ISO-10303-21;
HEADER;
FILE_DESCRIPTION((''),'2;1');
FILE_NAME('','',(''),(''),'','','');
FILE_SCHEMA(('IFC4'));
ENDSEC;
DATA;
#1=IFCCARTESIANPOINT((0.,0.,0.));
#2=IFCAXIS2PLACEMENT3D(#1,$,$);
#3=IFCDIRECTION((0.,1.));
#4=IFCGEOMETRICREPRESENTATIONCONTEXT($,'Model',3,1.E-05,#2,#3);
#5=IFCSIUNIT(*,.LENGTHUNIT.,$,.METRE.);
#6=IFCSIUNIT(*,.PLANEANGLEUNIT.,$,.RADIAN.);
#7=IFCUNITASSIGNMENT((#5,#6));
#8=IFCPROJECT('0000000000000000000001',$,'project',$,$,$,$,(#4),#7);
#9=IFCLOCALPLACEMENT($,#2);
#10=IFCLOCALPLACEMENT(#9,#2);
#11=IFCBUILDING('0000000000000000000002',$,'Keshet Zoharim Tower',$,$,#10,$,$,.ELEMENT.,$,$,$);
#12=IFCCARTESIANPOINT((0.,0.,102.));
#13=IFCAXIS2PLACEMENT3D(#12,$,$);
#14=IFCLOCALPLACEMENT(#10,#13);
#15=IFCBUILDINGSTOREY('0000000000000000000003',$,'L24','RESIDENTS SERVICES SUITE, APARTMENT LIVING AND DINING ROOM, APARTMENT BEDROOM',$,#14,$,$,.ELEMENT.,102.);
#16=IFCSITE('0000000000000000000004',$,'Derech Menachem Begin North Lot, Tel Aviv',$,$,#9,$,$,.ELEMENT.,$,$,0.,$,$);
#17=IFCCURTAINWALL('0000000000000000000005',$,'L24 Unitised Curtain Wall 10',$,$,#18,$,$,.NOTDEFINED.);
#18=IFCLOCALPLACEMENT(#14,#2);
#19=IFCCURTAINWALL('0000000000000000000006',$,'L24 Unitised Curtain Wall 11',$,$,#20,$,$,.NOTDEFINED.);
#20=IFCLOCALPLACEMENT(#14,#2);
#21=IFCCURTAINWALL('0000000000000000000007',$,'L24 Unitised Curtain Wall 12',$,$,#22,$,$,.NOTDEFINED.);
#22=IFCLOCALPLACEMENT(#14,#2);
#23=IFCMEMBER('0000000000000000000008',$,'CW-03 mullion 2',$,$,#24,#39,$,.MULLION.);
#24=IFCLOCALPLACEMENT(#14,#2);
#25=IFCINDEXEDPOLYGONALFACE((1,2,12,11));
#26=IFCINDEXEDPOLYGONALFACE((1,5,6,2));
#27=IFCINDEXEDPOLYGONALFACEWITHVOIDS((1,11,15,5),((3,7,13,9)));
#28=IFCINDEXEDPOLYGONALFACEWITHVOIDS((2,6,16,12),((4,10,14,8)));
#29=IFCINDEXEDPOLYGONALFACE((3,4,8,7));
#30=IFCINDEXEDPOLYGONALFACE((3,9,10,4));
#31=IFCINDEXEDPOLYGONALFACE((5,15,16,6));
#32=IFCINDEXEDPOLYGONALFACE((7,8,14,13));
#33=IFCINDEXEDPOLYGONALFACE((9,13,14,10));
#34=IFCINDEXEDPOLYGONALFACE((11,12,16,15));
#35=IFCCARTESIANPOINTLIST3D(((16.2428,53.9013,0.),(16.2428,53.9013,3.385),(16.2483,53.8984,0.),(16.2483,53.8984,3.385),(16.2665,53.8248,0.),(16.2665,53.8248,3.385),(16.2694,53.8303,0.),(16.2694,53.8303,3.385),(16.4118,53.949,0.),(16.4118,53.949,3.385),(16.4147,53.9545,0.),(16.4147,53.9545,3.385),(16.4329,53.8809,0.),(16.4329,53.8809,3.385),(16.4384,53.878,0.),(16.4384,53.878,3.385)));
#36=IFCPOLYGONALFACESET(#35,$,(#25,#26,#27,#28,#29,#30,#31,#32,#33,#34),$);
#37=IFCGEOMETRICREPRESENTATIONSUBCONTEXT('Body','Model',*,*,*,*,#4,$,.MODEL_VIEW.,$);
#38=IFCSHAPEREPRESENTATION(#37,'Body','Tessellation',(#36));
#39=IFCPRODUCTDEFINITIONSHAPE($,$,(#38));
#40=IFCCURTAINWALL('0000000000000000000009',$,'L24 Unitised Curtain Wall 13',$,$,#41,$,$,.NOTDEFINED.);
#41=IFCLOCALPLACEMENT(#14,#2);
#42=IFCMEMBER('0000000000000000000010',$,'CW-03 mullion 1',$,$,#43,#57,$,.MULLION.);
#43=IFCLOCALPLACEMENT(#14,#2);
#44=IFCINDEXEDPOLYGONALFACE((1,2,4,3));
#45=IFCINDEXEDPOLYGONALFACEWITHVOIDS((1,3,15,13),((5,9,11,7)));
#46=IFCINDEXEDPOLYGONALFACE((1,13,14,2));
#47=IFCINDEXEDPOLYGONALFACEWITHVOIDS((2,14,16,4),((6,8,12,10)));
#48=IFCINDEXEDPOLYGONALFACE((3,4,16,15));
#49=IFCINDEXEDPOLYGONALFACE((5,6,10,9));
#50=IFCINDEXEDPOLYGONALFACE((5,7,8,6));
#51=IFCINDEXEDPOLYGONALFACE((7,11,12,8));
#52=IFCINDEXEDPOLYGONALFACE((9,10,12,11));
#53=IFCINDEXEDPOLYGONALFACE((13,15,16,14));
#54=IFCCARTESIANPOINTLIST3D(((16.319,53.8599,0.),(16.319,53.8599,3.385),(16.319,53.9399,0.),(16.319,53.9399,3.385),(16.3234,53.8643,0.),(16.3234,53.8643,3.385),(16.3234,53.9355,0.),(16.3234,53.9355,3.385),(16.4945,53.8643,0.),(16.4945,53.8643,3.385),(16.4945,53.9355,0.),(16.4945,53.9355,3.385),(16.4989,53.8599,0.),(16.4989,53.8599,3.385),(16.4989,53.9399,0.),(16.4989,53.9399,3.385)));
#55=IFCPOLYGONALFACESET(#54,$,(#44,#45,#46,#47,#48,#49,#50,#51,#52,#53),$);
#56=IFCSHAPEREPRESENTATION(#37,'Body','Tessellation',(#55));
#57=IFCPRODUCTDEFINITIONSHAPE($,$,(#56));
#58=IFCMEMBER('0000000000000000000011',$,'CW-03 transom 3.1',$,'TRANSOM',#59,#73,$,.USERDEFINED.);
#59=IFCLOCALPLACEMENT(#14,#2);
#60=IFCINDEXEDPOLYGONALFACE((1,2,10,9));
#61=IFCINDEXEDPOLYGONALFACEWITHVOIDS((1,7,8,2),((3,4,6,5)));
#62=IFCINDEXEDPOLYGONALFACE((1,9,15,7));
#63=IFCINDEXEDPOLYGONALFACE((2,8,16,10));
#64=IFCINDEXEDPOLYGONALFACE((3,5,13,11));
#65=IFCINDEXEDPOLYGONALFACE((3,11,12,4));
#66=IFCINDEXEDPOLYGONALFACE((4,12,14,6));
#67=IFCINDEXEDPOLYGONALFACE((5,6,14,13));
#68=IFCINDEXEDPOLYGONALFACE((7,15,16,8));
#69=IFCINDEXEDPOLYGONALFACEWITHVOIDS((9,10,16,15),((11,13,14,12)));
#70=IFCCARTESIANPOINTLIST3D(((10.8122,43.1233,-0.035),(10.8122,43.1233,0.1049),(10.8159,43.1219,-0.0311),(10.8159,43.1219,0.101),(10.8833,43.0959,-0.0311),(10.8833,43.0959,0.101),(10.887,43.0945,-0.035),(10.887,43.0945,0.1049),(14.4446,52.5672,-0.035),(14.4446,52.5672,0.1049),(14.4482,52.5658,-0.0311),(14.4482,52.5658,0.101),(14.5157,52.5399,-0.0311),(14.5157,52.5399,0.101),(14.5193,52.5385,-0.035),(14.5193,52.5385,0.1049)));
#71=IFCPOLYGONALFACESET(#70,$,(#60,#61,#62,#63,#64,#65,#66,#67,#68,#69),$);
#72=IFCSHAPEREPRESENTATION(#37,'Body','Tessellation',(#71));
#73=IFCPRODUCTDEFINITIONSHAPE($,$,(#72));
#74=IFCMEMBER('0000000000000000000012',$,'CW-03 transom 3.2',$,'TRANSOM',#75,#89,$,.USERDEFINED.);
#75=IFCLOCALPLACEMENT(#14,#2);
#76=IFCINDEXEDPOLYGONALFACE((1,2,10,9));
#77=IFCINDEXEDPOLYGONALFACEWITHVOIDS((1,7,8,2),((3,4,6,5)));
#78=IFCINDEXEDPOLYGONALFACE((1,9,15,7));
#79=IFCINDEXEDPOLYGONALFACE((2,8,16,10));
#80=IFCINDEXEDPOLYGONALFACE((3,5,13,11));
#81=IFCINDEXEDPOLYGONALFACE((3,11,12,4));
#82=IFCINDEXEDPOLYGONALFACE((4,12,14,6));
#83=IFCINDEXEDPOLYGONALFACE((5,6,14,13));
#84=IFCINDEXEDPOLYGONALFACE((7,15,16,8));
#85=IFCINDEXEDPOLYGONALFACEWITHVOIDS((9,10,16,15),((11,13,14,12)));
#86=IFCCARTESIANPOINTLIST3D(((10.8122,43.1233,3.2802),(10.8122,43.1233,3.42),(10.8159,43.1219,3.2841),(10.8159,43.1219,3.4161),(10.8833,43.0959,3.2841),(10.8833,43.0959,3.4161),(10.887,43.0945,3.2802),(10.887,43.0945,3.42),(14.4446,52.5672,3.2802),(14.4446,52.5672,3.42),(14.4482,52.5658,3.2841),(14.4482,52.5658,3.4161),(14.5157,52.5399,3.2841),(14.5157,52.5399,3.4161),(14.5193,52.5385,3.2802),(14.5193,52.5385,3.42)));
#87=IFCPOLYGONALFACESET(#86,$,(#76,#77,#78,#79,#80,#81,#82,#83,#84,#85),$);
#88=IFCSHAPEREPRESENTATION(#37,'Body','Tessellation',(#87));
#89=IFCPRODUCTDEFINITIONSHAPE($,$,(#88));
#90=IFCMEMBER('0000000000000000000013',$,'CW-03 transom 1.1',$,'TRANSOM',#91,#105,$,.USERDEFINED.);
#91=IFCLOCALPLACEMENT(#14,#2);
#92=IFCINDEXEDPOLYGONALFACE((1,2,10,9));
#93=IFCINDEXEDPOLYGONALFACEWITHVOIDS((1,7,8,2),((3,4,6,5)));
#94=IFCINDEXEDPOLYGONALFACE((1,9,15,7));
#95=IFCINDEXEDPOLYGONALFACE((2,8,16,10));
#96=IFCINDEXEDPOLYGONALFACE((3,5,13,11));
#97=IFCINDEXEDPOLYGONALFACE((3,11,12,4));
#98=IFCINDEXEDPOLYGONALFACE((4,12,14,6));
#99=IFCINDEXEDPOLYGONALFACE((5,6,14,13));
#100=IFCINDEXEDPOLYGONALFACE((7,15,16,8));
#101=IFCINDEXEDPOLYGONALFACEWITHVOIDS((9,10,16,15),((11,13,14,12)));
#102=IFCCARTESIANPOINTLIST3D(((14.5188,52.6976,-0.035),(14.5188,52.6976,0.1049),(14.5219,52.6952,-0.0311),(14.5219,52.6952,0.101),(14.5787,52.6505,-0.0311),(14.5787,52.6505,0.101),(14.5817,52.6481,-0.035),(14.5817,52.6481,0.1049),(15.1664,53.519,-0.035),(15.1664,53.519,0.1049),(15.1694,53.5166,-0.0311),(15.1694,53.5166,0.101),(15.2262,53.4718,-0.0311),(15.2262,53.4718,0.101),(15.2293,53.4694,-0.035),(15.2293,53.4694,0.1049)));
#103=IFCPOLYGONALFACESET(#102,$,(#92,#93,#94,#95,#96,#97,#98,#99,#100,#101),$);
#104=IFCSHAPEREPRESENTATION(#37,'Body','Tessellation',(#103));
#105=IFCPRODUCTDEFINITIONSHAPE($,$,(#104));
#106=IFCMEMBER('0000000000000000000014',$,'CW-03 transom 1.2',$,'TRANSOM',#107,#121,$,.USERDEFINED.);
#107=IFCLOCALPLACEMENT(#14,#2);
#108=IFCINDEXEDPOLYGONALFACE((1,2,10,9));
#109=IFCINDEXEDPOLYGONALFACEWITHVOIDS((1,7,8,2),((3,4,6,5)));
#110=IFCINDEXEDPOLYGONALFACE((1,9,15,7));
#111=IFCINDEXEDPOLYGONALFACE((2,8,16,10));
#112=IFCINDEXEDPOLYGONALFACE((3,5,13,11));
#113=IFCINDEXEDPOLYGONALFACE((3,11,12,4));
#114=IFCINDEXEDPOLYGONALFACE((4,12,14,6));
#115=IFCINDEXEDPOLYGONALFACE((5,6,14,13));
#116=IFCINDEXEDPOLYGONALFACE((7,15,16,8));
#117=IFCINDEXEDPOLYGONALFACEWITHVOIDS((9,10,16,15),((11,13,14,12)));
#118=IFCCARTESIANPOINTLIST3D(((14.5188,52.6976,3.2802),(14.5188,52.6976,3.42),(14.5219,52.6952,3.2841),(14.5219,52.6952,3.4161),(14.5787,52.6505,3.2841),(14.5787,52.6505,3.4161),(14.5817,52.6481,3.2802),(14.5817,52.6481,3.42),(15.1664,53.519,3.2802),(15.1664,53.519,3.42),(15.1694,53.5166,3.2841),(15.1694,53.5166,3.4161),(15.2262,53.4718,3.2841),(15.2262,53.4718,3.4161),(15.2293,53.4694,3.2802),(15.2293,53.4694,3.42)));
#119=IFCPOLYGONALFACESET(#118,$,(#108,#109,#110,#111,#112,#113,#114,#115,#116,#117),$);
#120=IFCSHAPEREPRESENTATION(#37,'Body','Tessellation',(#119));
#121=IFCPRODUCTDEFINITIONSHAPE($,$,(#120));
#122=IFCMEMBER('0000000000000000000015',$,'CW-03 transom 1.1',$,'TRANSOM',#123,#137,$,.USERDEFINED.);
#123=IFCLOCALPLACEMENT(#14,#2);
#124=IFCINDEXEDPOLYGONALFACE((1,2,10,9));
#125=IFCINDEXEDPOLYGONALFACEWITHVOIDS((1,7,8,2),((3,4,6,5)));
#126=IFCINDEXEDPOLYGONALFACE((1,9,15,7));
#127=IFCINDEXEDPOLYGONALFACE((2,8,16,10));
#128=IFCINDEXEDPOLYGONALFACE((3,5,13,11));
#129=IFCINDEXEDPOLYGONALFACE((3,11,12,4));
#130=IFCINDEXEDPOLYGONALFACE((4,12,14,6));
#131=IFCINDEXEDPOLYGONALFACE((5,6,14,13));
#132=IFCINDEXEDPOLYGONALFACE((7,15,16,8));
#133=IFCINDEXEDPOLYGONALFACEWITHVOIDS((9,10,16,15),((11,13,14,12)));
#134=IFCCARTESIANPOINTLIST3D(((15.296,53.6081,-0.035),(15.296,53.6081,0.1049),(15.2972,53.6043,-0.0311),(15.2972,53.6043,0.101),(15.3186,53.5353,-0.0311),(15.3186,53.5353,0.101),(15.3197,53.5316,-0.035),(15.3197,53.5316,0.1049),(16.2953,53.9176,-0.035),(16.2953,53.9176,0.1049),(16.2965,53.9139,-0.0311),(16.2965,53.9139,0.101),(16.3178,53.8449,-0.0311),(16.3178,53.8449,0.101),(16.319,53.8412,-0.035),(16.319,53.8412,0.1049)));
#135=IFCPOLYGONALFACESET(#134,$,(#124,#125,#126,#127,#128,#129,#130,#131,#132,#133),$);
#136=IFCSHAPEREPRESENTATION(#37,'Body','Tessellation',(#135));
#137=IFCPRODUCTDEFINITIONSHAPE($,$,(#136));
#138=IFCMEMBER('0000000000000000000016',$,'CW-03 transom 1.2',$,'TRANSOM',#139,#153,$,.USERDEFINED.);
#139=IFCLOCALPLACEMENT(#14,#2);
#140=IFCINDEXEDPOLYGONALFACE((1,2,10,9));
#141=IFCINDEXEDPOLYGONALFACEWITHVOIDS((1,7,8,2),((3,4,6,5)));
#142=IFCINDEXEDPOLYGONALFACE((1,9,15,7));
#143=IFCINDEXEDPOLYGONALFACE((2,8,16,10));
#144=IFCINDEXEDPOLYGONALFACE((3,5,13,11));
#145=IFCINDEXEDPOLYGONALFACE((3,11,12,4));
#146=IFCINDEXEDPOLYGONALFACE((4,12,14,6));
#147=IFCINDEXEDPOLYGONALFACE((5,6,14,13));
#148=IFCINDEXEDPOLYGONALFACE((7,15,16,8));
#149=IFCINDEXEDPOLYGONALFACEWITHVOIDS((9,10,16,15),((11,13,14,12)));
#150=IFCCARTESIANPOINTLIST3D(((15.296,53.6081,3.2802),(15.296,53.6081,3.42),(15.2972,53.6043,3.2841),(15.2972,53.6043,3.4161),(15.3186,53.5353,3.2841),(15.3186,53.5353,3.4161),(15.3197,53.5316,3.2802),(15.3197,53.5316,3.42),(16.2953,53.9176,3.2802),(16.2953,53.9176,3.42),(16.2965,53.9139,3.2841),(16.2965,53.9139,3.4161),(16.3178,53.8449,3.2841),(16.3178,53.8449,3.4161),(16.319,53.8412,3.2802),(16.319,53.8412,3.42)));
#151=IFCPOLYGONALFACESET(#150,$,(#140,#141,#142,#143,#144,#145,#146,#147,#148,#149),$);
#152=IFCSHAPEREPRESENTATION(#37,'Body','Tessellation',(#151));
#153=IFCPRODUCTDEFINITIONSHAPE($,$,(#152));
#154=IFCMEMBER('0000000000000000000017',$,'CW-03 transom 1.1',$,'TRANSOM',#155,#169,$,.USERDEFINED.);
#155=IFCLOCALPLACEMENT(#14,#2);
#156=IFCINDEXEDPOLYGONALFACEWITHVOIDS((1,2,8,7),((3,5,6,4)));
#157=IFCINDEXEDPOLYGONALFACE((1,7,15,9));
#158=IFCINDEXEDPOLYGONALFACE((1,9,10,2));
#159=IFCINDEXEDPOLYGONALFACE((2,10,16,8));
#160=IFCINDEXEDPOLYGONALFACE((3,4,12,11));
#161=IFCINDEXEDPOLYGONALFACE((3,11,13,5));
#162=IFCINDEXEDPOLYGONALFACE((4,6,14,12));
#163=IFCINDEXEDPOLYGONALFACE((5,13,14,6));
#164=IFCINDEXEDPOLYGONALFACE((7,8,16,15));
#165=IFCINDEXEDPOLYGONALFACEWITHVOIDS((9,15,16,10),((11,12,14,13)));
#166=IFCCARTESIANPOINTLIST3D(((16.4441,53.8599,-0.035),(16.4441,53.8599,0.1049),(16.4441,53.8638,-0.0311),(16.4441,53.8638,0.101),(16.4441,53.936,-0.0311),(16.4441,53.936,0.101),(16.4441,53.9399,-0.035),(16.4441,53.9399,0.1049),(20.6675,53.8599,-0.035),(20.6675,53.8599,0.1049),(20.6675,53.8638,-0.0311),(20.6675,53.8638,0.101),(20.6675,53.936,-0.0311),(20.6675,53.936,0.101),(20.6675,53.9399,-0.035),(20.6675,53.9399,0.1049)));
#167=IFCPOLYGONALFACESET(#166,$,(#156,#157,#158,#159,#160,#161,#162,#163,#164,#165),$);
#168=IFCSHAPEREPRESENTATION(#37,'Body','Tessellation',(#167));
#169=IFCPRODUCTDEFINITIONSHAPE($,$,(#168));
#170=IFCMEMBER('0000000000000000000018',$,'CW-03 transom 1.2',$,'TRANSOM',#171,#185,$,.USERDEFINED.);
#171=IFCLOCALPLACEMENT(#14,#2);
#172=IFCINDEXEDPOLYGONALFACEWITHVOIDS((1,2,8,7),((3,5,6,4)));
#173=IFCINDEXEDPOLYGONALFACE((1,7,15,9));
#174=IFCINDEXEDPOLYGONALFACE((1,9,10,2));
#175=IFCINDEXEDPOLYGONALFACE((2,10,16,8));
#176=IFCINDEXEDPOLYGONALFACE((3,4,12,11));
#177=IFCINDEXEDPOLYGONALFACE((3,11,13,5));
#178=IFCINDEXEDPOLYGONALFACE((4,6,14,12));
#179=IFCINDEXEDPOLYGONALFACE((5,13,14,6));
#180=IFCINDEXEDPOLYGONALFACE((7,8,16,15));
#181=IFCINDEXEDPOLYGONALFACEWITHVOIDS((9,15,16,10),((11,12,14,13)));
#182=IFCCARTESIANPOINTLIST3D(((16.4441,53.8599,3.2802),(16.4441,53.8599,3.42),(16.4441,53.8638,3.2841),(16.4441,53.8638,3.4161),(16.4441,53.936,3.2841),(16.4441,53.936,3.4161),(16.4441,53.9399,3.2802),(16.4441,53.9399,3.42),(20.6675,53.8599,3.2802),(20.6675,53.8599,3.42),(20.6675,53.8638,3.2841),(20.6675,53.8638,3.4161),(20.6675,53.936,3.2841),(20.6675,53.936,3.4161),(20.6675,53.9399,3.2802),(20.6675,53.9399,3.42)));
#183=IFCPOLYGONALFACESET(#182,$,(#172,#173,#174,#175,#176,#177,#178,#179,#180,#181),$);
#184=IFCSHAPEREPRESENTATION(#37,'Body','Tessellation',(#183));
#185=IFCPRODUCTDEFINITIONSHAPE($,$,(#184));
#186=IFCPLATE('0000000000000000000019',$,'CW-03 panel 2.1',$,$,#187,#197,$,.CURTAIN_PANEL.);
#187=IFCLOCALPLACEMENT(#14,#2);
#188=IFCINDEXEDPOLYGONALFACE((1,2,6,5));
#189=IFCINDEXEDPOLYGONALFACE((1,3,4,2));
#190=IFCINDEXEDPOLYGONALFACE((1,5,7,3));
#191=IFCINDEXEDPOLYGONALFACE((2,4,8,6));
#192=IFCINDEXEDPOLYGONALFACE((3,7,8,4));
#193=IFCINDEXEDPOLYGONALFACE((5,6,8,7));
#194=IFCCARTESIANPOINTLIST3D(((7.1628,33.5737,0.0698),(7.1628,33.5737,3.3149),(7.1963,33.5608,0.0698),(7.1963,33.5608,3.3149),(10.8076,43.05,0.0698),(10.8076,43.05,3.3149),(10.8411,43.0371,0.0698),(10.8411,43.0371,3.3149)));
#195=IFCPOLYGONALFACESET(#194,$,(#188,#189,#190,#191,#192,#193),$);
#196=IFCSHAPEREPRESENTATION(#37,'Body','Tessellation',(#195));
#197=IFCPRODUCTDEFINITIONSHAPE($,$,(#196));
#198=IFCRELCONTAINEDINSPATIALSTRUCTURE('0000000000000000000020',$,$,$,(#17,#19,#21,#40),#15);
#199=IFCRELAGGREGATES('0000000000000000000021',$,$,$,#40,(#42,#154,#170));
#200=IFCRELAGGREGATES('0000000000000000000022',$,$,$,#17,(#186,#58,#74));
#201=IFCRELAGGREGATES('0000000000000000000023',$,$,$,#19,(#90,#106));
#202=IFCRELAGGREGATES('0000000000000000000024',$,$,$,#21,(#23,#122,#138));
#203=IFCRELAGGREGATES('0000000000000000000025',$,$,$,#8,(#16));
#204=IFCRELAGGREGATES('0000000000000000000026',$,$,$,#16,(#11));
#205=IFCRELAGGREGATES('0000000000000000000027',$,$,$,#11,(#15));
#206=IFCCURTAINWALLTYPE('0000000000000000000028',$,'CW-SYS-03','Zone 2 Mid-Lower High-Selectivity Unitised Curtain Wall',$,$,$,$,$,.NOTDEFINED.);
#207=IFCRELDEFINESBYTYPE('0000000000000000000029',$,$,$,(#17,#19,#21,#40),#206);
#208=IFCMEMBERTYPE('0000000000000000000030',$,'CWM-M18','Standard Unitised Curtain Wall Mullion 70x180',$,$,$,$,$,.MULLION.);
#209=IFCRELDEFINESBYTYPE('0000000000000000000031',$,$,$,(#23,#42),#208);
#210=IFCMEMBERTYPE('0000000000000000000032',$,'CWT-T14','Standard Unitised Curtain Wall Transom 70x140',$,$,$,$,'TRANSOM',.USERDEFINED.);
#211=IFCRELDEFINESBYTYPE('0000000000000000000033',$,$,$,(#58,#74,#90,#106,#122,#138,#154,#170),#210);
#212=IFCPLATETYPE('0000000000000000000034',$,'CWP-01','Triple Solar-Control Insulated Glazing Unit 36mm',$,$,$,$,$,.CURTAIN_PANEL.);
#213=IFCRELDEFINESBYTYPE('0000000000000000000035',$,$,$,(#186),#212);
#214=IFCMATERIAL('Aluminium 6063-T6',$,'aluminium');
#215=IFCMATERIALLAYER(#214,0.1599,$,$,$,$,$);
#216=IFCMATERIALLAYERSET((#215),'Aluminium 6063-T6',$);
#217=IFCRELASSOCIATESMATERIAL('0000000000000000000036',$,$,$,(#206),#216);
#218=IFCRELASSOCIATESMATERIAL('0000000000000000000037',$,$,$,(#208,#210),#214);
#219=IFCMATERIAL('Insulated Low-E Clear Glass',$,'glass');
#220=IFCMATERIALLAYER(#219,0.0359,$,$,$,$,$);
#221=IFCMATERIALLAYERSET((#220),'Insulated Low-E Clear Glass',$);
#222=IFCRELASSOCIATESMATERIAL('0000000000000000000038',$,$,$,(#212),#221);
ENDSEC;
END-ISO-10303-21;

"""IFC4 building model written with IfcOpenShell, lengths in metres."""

from ifc_helpers import new_model, si_unit, direction, frame, origin, origin_2d, place, context, subcontext, project, spatial, rectangle, hollow_rectangle, extrude, material, layer, layer_set, material_profile, profile_set, type_object, element, aggregate, save


model = new_model("IFC4")

# Units and contexts
model_context = context("Model", 3, precision=1e-05, world=origin(), true_north=direction((0.0, 1.0)))
body_context = subcontext(model_context, "Body", "Model", "MODEL_VIEW")
ifc_project = project(units=[si_unit("LENGTHUNIT", "METRE"), si_unit("PLANEANGLEUNIT", "RADIAN")], contexts=[model_context])

# Site, building, storey
site_placement = place(None, origin())
site = spatial("IfcSite", under=ifc_project, at=site_placement, Name="Derech Menachem Begin North Lot, Tel Aviv", CompositionType="ELEMENT", RefElevation=0.0)
building_placement = place(site_placement, origin())
building = spatial("IfcBuilding", under=site, at=building_placement, Name="Keshet Zoharim Tower", CompositionType="ELEMENT")
storey_placement = place(building_placement, frame((0.0, 0.0, 102.0)))
storey = spatial("IfcBuildingStorey", under=building, at=storey_placement, Name="L24", Description="RESIDENTS SERVICES SUITE, APARTMENT LIVING AND DINING ROOM, APARTMENT BEDROOM", CompositionType="ELEMENT", Elevation=102.0)

# Curtain walls, member
ifc_material_1 = material(Name="Aluminium 6063-T6", Category="aluminium")
ifc_layer_1 = layer(ifc_material_1, 0.1599)
ifc_layer_set_1 = layer_set([ifc_layer_1], Name="Aluminium 6063-T6")
curtain_wall_type = type_object("IfcCurtainWallType", Name="CW-SYS-03", Description="Zone 2 Mid-Lower High-Selectivity Unitised Curtain Wall", PredefinedType="NOTDEFINED", material=ifc_layer_set_1)
curtain_wall_1_placement = place(storey_placement, origin())
curtain_wall_1 = element("IfcCurtainWall", 1, at=curtain_wall_1_placement, inside=storey, type_object=curtain_wall_type, Name="L24 Unitised Curtain Wall 10", PredefinedType="NOTDEFINED")
ifc_material_profile_1 = material_profile(ifc_material_1, hollow_rectangle(XDim=0.0801, YDim=0.1799, WallThickness=0.0044, at=origin_2d()), Name="MUL-80x180")
ifc_profile_set_1 = profile_set([ifc_material_profile_1], Name="Aluminium 6063-T6")
member_type_1 = type_object("IfcMemberType", Name="CWM-M18", Description="Standard Unitised Curtain Wall Mullion 70x180", PredefinedType="MULLION", material=ifc_profile_set_1)
curtain_wall_2_placement = place(storey_placement, origin())
curtain_wall_2 = element("IfcCurtainWall", 2, at=curtain_wall_2_placement, inside=storey, type_object=curtain_wall_type, Name="L24 Unitised Curtain Wall 11", PredefinedType="NOTDEFINED")
curtain_wall_3_placement = place(storey_placement, origin())
curtain_wall_3 = element("IfcCurtainWall", 3, at=curtain_wall_3_placement, inside=storey, type_object=curtain_wall_type, Name="L24 Unitised Curtain Wall 12", PredefinedType="NOTDEFINED")
member_1_placement = place(storey_placement, frame((16.3406, 53.8896, 0.0), z_axis=(0.0, 0.0, 1.0), x_axis=(-0.295922, 0.955212, 0.0)))
member_1 = element("IfcMember", 4, at=member_1_placement, type_object=member_type_1, Name="CW-03 mullion 2", PredefinedType="MULLION", context=body_context, shape_type="SweptSolid", body=[
    extrude(hollow_rectangle(XDim=0.0801, YDim=0.1799, WallThickness=0.0044, at=origin_2d()), origin(), (0.0, 0.0, 1.0), 3.385),
])

# Curtain wall, member
curtain_wall_4_placement = place(storey_placement, origin())
curtain_wall_4 = element("IfcCurtainWall", 5, at=curtain_wall_4_placement, inside=storey, type_object=curtain_wall_type, Name="L24 Unitised Curtain Wall 13", PredefinedType="NOTDEFINED")
member_2_placement = place(storey_placement, frame((16.4089, 53.8999, 0.0), z_axis=(0.0, 0.0, 1.0), x_axis=(0.0, 1.0, 0.0)))
member_2 = element("IfcMember", 6, at=member_2_placement, type_object=member_type_1, Name="CW-03 mullion 1", PredefinedType="MULLION", context=body_context, shape_type="SweptSolid", body=[
    extrude(hollow_rectangle(XDim=0.0801, YDim=0.1799, WallThickness=0.0044, at=origin_2d()), origin(), (0.0, 0.0, 1.0), 3.385),
])

# Members
ifc_material_profile_2 = material_profile(ifc_material_1, hollow_rectangle(XDim=0.0801, YDim=0.1399, WallThickness=0.0039, at=origin_2d()), Name="TRN-80x140")
ifc_profile_set_2 = profile_set([ifc_material_profile_2], Name="Aluminium 6063-T6")
member_type_2 = type_object("IfcMemberType", Name="CWT-T14", Description="Standard Unitised Curtain Wall Transom 70x140", ElementType="TRANSOM", PredefinedType="USERDEFINED", material=ifc_profile_set_2)
member_3_placement = place(storey_placement, frame((10.8496, 43.1089, 0.0349), z_axis=(0.358986, 0.933343, 0.0), x_axis=(-0.933343, 0.358986, 0.0)))
member_3 = element("IfcMember", 7, at=member_3_placement, type_object=member_type_2, Name="CW-03 transom 3.1", ObjectType="TRANSOM", PredefinedType="USERDEFINED", context=body_context, shape_type="SweptSolid", body=[
    extrude(hollow_rectangle(XDim=0.0801, YDim=0.1399, WallThickness=0.0039, at=origin_2d()), origin(), (0.0, 0.0, 1.0), 10.1184),
])
member_4_placement = place(storey_placement, frame((10.8496, 43.1089, 3.3501), z_axis=(0.358986, 0.933343, 0.0), x_axis=(-0.933343, 0.358986, 0.0)))
member_4 = element("IfcMember", 8, at=member_4_placement, type_object=member_type_2, Name="CW-03 transom 3.2", ObjectType="TRANSOM", PredefinedType="USERDEFINED", context=body_context, shape_type="SweptSolid", body=[
    extrude(hollow_rectangle(XDim=0.0801, YDim=0.1399, WallThickness=0.0039, at=origin_2d()), origin(), (0.0, 0.0, 1.0), 10.1184),
])
member_5_placement = place(storey_placement, frame((14.5503, 52.6729, 0.0349), z_axis=(0.619099, 0.785313, 0.0), x_axis=(-0.785313, 0.619099, 0.0)))
member_5 = element("IfcMember", 9, at=member_5_placement, type_object=member_type_2, Name="CW-03 transom 1.1", ObjectType="TRANSOM", PredefinedType="USERDEFINED", context=body_context, shape_type="SweptSolid", body=[
    extrude(hollow_rectangle(XDim=0.0801, YDim=0.1399, WallThickness=0.0039, at=origin_2d()), origin(), (0.0, 0.0, 1.0), 1.0459),
])
member_6_placement = place(storey_placement, frame((14.5503, 52.6729, 3.3501), z_axis=(0.619099, 0.785313, 0.0), x_axis=(-0.785313, 0.619099, 0.0)))
member_6 = element("IfcMember", 10, at=member_6_placement, type_object=member_type_2, Name="CW-03 transom 1.2", ObjectType="TRANSOM", PredefinedType="USERDEFINED", context=body_context, shape_type="SweptSolid", body=[
    extrude(hollow_rectangle(XDim=0.0801, YDim=0.1399, WallThickness=0.0039, at=origin_2d()), origin(), (0.0, 0.0, 1.0), 1.0459),
])
member_7_placement = place(storey_placement, frame((15.3079, 53.5698, 0.0349), z_axis=(0.955212, 0.295922, 0.0), x_axis=(-0.295922, 0.955212, 0.0)))
member_7 = element("IfcMember", 11, at=member_7_placement, type_object=member_type_2, Name="CW-03 transom 1.1", ObjectType="TRANSOM", PredefinedType="USERDEFINED", context=body_context, shape_type="SweptSolid", body=[
    extrude(hollow_rectangle(XDim=0.0801, YDim=0.1399, WallThickness=0.0039, at=origin_2d()), origin(), (0.0, 0.0, 1.0), 1.0461),
])
member_8_placement = place(storey_placement, frame((15.3079, 53.5698, 3.3501), z_axis=(0.955212, 0.295922, 0.0), x_axis=(-0.295922, 0.955212, 0.0)))
member_8 = element("IfcMember", 12, at=member_8_placement, type_object=member_type_2, Name="CW-03 transom 1.2", ObjectType="TRANSOM", PredefinedType="USERDEFINED", context=body_context, shape_type="SweptSolid", body=[
    extrude(hollow_rectangle(XDim=0.0801, YDim=0.1399, WallThickness=0.0039, at=origin_2d()), origin(), (0.0, 0.0, 1.0), 1.0461),
])
member_9_placement = place(storey_placement, frame((16.4441, 53.8999, 0.0349), z_axis=(1.0, 0.0, 0.0), x_axis=(0.0, 1.0, 0.0)))
member_9 = element("IfcMember", 13, at=member_9_placement, type_object=member_type_2, Name="CW-03 transom 1.1", ObjectType="TRANSOM", PredefinedType="USERDEFINED", context=body_context, shape_type="SweptSolid", body=[
    extrude(hollow_rectangle(XDim=0.0801, YDim=0.1399, WallThickness=0.0039, at=origin_2d()), origin(), (0.0, 0.0, 1.0), 4.2234),
])
member_10_placement = place(storey_placement, frame((16.4441, 53.8999, 3.3501), z_axis=(1.0, 0.0, 0.0), x_axis=(0.0, 1.0, 0.0)))
member_10 = element("IfcMember", 14, at=member_10_placement, type_object=member_type_2, Name="CW-03 transom 1.2", ObjectType="TRANSOM", PredefinedType="USERDEFINED", context=body_context, shape_type="SweptSolid", body=[
    extrude(hollow_rectangle(XDim=0.0801, YDim=0.1399, WallThickness=0.0039, at=origin_2d()), origin(), (0.0, 0.0, 1.0), 4.2234),
])
aggregate(curtain_wall_4, [member_2, member_9, member_10])

# Plate
ifc_material_2 = material(Name="Insulated Low-E Clear Glass", Category="glass")
ifc_layer_2 = layer(ifc_material_2, 0.0359)
ifc_layer_set_2 = layer_set([ifc_layer_2], Name="Insulated Low-E Clear Glass")
plate_type = type_object("IfcPlateType", Name="CWP-01", Description="Triple Solar-Control Insulated Glazing Unit 36mm", PredefinedType="CURTAIN_PANEL", material=ifc_layer_set_2)
plate_1_placement = place(storey_placement, frame((9.002, 38.3054, 0.0698), z_axis=(0.0, 0.0, 1.0), x_axis=(0.35899, 0.933341, 0.0)))
plate_1 = element("IfcPlate", 15, at=plate_1_placement, type_object=plate_type, Name="CW-03 panel 2.1", PredefinedType="CURTAIN_PANEL", context=body_context, shape_type="SweptSolid", body=[
    extrude(rectangle(XDim=10.1531, YDim=0.0359, at=origin_2d()), origin(), (0.0, 0.0, 1.0), 3.2451),
])
aggregate(curtain_wall_1, [plate_1, member_3, member_4])
aggregate(curtain_wall_2, [member_5, member_6])
aggregate(curtain_wall_3, [member_1, member_7, member_8])

save(model, "model.ifc")
